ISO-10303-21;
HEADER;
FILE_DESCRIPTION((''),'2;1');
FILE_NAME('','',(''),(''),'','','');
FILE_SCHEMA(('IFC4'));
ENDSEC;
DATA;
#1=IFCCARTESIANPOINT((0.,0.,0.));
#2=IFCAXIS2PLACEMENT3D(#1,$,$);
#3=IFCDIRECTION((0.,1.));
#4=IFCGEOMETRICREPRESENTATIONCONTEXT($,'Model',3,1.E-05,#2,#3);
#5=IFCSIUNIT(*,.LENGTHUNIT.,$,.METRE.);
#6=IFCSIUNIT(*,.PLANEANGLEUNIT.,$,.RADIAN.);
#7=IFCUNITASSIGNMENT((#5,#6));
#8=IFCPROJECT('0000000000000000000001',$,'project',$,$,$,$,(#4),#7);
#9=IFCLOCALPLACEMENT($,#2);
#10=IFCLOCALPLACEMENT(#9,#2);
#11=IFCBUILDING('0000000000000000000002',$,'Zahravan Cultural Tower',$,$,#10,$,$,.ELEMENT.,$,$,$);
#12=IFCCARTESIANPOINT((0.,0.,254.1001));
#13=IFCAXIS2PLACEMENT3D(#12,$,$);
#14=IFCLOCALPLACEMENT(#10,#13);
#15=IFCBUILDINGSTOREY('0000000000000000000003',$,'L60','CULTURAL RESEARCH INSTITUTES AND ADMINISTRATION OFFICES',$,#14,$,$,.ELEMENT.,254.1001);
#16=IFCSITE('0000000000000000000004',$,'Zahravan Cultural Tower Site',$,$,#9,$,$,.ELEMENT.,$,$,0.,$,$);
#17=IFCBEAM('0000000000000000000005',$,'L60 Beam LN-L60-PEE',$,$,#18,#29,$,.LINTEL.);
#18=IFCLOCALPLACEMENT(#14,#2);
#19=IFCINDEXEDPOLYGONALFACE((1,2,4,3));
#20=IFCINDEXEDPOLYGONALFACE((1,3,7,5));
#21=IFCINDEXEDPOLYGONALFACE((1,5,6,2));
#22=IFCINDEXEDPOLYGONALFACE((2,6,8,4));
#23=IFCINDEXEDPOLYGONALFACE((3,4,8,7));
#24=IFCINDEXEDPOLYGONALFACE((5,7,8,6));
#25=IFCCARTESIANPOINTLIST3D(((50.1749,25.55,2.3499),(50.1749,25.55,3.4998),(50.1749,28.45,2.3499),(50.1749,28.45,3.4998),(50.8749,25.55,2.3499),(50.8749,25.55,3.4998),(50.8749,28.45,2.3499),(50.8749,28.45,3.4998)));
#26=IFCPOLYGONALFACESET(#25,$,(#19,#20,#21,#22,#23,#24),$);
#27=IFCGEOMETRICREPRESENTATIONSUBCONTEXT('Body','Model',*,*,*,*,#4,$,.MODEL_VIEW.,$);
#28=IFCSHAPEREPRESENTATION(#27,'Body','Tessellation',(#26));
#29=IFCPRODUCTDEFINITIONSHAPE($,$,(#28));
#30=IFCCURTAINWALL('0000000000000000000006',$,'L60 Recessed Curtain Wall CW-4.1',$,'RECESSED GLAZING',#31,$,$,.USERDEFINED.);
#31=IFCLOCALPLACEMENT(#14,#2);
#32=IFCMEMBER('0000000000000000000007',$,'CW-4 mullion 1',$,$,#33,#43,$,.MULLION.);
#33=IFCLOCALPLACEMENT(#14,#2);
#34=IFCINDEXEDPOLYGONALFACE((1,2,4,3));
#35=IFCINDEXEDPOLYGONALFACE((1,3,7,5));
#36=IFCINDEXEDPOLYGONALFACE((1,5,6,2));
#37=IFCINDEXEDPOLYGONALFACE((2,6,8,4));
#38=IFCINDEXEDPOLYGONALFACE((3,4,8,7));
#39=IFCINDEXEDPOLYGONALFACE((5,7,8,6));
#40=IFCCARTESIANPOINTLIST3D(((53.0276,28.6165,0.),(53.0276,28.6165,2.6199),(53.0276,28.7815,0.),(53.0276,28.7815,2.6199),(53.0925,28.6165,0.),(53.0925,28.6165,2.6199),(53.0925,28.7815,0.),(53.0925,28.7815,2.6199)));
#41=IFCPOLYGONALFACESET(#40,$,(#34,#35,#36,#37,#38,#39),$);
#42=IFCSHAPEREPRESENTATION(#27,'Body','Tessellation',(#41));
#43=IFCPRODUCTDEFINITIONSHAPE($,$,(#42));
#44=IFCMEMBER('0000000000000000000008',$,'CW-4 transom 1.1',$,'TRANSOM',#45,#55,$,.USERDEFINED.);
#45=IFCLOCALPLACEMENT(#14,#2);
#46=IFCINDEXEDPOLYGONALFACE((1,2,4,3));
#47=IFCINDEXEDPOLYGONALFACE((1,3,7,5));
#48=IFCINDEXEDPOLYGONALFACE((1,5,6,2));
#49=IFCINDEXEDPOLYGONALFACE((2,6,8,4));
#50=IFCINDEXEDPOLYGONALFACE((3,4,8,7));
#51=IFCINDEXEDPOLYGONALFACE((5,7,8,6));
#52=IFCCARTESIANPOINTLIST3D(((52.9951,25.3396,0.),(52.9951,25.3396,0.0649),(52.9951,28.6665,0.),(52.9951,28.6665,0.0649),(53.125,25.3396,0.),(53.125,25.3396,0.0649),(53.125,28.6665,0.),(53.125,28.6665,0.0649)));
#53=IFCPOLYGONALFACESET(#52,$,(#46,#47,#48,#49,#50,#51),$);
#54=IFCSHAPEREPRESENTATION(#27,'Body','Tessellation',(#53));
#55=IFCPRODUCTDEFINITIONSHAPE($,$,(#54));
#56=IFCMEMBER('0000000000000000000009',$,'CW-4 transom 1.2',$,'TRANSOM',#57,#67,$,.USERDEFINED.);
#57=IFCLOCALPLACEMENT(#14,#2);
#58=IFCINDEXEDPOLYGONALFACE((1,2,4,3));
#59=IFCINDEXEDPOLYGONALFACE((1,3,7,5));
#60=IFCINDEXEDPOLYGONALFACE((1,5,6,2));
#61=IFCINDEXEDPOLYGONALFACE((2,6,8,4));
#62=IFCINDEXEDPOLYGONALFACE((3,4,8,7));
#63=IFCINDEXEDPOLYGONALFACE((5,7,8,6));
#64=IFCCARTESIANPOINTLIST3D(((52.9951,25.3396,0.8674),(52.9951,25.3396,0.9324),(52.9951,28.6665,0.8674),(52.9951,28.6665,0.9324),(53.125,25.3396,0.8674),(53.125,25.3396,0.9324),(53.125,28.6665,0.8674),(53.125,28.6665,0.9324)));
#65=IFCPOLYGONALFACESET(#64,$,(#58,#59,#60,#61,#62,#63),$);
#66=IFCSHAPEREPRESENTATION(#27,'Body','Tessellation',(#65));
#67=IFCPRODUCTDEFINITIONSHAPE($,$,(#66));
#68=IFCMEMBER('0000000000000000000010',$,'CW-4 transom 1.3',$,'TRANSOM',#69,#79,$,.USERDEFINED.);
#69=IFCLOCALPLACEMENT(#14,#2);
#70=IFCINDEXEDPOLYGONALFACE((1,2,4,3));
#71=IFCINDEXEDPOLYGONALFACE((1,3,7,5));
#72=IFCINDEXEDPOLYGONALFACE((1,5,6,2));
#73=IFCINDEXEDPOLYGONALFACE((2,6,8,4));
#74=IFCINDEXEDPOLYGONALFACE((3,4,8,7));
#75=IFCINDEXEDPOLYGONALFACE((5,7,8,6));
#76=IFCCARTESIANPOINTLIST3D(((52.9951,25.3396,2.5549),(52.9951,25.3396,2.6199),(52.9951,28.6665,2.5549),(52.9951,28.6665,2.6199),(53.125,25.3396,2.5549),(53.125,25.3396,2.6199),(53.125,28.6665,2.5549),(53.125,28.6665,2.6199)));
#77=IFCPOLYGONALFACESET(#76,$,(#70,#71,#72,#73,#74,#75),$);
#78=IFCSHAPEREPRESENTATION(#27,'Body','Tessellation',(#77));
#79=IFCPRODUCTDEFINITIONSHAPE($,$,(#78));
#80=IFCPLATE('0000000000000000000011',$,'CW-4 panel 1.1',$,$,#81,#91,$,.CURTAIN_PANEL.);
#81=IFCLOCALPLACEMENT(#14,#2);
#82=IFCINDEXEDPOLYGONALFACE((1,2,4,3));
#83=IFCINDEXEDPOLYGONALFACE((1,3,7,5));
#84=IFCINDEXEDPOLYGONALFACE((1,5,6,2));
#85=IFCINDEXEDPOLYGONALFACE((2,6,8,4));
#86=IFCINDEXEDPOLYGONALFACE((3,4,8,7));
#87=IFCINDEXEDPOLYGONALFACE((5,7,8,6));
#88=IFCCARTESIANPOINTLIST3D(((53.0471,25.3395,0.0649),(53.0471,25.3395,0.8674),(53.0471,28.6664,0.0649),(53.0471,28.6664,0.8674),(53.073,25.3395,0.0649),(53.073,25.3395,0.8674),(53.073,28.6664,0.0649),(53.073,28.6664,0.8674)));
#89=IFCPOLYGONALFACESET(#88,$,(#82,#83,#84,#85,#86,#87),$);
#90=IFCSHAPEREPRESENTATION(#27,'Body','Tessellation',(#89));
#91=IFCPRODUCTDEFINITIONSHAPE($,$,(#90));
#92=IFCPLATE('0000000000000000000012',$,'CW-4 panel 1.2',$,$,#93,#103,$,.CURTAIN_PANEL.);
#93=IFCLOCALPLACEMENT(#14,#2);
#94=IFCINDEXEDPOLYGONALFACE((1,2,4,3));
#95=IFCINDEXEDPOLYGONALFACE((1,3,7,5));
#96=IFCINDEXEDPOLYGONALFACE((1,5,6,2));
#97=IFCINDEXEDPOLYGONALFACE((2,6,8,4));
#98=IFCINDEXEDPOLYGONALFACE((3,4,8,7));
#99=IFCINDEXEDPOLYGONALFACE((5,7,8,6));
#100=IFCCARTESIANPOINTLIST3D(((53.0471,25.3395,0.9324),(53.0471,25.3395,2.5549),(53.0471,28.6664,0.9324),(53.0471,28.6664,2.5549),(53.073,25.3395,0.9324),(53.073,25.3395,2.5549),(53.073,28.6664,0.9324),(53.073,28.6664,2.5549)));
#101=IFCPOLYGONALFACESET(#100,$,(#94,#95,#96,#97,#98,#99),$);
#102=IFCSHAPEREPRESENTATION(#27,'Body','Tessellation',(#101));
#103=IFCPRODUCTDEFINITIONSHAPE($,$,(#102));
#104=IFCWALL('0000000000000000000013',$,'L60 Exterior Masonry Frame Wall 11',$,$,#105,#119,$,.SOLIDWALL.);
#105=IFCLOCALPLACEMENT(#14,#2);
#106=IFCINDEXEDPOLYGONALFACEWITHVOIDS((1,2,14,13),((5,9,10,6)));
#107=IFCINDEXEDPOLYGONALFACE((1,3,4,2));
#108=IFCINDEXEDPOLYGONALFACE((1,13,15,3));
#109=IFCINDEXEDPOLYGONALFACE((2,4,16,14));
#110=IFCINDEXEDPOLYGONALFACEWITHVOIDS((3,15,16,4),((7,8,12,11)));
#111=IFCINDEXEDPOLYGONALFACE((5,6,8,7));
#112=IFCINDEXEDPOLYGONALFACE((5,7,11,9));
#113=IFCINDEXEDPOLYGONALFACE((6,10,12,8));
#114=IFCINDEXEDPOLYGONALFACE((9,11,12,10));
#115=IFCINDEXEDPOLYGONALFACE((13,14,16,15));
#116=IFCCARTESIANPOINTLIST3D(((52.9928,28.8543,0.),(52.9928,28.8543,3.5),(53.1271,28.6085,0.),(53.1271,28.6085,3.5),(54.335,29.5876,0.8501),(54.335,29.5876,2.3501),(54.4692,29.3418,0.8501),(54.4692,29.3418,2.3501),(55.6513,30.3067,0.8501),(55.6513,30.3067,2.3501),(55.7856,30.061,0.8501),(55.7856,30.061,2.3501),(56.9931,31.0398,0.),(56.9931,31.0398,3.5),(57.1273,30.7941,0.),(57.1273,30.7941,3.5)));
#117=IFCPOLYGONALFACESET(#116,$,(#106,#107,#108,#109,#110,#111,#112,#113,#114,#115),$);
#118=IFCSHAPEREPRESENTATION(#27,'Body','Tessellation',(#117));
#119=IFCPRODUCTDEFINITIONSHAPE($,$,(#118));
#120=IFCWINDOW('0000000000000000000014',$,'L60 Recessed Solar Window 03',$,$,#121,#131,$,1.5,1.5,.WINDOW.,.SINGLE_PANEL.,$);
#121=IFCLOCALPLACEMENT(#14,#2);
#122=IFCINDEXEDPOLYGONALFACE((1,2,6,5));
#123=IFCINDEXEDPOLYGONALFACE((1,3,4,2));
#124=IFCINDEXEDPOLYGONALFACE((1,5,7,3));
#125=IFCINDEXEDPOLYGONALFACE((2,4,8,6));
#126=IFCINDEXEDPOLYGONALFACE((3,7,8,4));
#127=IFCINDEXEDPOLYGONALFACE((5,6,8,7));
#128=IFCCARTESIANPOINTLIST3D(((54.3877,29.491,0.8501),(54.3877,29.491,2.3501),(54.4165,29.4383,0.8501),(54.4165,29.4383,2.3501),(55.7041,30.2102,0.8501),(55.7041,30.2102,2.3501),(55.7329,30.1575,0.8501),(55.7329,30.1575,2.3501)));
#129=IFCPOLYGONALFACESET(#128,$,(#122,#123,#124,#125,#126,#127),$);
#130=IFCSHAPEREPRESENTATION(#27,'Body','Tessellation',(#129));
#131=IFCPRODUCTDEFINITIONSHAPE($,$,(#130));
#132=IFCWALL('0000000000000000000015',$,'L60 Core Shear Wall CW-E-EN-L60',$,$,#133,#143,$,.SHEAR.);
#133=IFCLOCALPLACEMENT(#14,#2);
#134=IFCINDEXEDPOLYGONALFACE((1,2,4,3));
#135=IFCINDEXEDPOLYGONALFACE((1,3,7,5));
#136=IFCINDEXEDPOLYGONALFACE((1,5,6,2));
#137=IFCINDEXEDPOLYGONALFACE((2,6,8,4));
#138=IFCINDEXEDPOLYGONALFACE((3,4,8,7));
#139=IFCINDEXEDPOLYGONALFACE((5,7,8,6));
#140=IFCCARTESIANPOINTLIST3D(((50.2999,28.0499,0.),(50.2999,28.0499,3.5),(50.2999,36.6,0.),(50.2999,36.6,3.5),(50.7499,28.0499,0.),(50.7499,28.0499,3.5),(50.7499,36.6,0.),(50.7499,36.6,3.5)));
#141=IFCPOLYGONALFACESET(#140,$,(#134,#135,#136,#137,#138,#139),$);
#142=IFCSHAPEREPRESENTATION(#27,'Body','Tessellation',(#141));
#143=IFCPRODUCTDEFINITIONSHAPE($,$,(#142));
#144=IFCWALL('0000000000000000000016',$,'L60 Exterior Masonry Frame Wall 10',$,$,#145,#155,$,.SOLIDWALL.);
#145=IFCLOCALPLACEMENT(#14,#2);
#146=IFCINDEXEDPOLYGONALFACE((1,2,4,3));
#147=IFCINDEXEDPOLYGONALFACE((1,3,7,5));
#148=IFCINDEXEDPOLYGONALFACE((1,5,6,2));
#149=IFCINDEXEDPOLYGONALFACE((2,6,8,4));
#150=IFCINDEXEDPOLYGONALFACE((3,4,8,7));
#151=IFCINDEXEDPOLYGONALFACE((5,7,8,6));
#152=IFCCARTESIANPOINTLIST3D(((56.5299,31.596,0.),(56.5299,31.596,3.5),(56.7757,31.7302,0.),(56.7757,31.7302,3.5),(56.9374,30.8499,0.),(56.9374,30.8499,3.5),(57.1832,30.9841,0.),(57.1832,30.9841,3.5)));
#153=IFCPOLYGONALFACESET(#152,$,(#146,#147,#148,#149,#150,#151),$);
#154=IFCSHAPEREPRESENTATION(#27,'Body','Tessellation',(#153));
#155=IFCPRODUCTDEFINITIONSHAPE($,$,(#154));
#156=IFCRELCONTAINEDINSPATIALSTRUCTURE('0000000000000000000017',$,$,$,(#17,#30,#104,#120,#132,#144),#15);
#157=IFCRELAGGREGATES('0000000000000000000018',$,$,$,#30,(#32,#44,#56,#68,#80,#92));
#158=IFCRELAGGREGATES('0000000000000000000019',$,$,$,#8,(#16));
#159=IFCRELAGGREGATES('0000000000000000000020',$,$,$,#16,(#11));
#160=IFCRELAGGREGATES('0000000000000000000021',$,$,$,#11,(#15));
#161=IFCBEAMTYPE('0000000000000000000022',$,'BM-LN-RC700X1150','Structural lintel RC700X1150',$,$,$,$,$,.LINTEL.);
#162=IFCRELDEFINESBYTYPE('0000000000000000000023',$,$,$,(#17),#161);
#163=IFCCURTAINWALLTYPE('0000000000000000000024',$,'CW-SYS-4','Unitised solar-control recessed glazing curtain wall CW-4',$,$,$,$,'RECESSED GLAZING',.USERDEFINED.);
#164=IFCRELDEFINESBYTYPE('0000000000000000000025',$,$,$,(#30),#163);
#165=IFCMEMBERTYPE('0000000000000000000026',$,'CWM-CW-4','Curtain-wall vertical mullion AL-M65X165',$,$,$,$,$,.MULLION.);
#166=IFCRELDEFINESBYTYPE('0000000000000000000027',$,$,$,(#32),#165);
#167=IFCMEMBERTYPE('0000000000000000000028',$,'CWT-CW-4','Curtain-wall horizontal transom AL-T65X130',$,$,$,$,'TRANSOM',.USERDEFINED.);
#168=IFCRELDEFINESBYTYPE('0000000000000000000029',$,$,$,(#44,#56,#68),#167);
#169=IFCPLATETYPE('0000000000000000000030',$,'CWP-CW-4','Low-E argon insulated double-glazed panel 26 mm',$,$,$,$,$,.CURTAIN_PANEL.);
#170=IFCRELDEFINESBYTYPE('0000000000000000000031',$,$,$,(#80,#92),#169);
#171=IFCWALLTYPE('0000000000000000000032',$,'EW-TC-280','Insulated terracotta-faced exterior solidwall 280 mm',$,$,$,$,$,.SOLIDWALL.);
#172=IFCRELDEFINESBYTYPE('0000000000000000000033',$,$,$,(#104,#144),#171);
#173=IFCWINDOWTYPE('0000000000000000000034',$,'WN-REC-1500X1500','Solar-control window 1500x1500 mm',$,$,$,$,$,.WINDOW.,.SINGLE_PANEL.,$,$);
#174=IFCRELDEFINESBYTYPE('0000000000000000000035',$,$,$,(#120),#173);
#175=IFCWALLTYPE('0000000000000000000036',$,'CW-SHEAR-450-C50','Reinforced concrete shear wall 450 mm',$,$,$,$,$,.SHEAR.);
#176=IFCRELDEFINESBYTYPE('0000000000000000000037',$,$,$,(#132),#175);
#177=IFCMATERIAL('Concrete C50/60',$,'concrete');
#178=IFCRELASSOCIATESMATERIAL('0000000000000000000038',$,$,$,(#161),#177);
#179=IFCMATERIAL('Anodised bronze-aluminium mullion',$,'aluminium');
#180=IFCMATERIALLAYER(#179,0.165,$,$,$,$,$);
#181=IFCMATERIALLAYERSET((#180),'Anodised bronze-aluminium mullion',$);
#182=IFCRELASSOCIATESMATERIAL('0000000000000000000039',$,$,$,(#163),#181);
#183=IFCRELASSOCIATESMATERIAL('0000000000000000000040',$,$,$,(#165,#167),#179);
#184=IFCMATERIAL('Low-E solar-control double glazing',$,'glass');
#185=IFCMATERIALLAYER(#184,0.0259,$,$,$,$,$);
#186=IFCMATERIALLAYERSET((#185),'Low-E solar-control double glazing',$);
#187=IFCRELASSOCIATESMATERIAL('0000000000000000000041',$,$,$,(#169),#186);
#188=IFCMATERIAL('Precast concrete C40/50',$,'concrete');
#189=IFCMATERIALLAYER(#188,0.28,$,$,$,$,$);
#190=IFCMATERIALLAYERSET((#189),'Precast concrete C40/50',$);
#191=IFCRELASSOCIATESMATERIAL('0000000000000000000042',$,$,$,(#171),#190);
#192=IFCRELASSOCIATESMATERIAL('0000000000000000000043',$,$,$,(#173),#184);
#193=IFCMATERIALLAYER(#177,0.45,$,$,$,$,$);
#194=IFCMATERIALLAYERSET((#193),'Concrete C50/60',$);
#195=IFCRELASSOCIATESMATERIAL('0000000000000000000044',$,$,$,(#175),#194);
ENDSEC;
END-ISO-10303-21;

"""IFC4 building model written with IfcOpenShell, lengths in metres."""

from ifc_helpers import new_model, si_unit, direction, frame, frame_2d, origin, origin_2d, place, context, subcontext, project, spatial, rectangle, extrude, source, transform, mapped, material, layer, layer_set, material_profile, profile_set, type_object, element, fill, aggregate, save


model = new_model("IFC4")

# Units and contexts
model_context = context("Model", 3, precision=1e-05, world=origin(), true_north=direction((0.0, 1.0)))
body_context = subcontext(model_context, "Body", "Model", "MODEL_VIEW")
ifc_project = project(units=[si_unit("LENGTHUNIT", "METRE"), si_unit("PLANEANGLEUNIT", "RADIAN")], contexts=[model_context])

# Site, building, storey
site_placement = place(None, origin())
site = spatial("IfcSite", under=ifc_project, at=site_placement, Name="Zahravan Cultural Tower Site", CompositionType="ELEMENT", RefElevation=0.0)
building_placement = place(site_placement, origin())
building = spatial("IfcBuilding", under=site, at=building_placement, Name="Zahravan Cultural Tower", CompositionType="ELEMENT")
storey_placement = place(building_placement, frame((0.0, 0.0, 254.1001)))
storey = spatial("IfcBuildingStorey", under=building, at=storey_placement, Name="L60", Description="CULTURAL RESEARCH INSTITUTES AND ADMINISTRATION OFFICES", CompositionType="ELEMENT", Elevation=254.1001)

# Beam
ifc_material_1 = material(Name="Concrete C50/60", Category="concrete")
ifc_material_profile_1 = material_profile(ifc_material_1, rectangle(XDim=0.7, YDim=1.1499, at=origin_2d()), Name="RC700X1150")
ifc_profile_set_1 = profile_set([ifc_material_profile_1], Name="Concrete C50/60")
beam_type = type_object("IfcBeamType", Name="BM-LN-RC700X1150", Description="Structural lintel RC700X1150", PredefinedType="LINTEL", material=ifc_profile_set_1)
shared_shape_1 = source(origin(), body_context, "Body", "SweptSolid", [
    extrude(rectangle(XDim=0.7, YDim=1.1499, at=origin_2d()), origin(), (0.0, 0.0, 1.0), 2.8999),
])
beam_placement = place(storey_placement, frame((50.5249, 25.55, 2.9248), z_axis=(0.0, 1.0, 0.0), x_axis=(-1.0, 0.0, 0.0)))
element("IfcBeam", 1, at=beam_placement, inside=storey, type_object=beam_type, Name="L60 Beam LN-L60-PEE", PredefinedType="LINTEL", context=body_context, shape_type="MappedRepresentation", body=[
    mapped(shared_shape_1, transform((0.0, 0.0, 0.0), x_axis=(1.0, 0.0, 0.0), y_axis=(0.0, 1.0, 0.0), z_axis=(0.0, 0.0, 1.0), scale=1.0)),
])

# Curtain wall, members, plates
ifc_material_2 = material(Name="Anodised bronze-aluminium mullion", Category="aluminium")
ifc_layer_1 = layer(ifc_material_2, 0.165)
ifc_layer_set_1 = layer_set([ifc_layer_1], Name="Anodised bronze-aluminium mullion")
curtain_wall_type = type_object("IfcCurtainWallType", Name="CW-SYS-4", Description="Unitised solar-control recessed glazing curtain wall CW-4", ElementType="RECESSED GLAZING", PredefinedType="USERDEFINED", material=ifc_layer_set_1)
curtain_wall_placement = place(storey_placement, origin())
curtain_wall = element("IfcCurtainWall", 2, at=curtain_wall_placement, inside=storey, type_object=curtain_wall_type, Name="L60 Recessed Curtain Wall CW-4.1", ObjectType="RECESSED GLAZING", PredefinedType="USERDEFINED")
ifc_material_profile_2 = material_profile(ifc_material_2, rectangle(XDim=0.0649, YDim=0.165, at=origin_2d()), Name="AL-M65X165")
ifc_profile_set_2 = profile_set([ifc_material_profile_2], Name="Anodised bronze-aluminium mullion")
member_type_1 = type_object("IfcMemberType", Name="CWM-CW-4", Description="Curtain-wall vertical mullion AL-M65X165", PredefinedType="MULLION", material=ifc_profile_set_2)
shared_shape_2 = source(origin(), body_context, "Body", "SweptSolid", [
    extrude(rectangle(XDim=0.0649, YDim=0.165, at=origin_2d()), origin(), (0.0, 0.0, 1.0), 2.6199),
])
member_1_placement = place(storey_placement, frame((53.0601, 28.699, 0.0), z_axis=(0.0, 0.0, 1.0), x_axis=(1.0, 0.0, 0.0)))
member_1 = element("IfcMember", 3, at=member_1_placement, type_object=member_type_1, Name="CW-4 mullion 1", PredefinedType="MULLION", context=body_context, shape_type="MappedRepresentation", body=[
    mapped(shared_shape_2, transform((0.0, 0.0, 0.0), x_axis=(1.0, 0.0, 0.0), y_axis=(0.0, 1.0, 0.0), z_axis=(0.0, 0.0, 1.0), scale=1.0)),
])
ifc_material_profile_3 = material_profile(ifc_material_2, rectangle(XDim=0.1299, YDim=0.0649, at=origin_2d()), Name="AL-T65X130")
ifc_profile_set_3 = profile_set([ifc_material_profile_3], Name="Anodised bronze-aluminium mullion")
member_type_2 = type_object("IfcMemberType", Name="CWT-CW-4", Description="Curtain-wall horizontal transom AL-T65X130", ElementType="TRANSOM", PredefinedType="USERDEFINED", material=ifc_profile_set_3)
shared_shape_3 = source(origin(), body_context, "Body", "SweptSolid", [
    extrude(rectangle(XDim=0.1299, YDim=0.0649, at=origin_2d()), origin(), (0.0, 0.0, 1.0), 3.3269),
])
member_2_placement = place(storey_placement, frame((53.0601, 28.6665, 0.0325), z_axis=(0.0, -1.0, 0.0), x_axis=(1.0, 0.0, 0.0)))
member_2 = element("IfcMember", 4, at=member_2_placement, type_object=member_type_2, Name="CW-4 transom 1.1", ObjectType="TRANSOM", PredefinedType="USERDEFINED", context=body_context, shape_type="MappedRepresentation", body=[
    mapped(shared_shape_3, transform((0.0, 0.0, 0.0), x_axis=(1.0, 0.0, 0.0), y_axis=(0.0, 1.0, 0.0), z_axis=(0.0, 0.0, 1.0), scale=1.0)),
])
member_3_placement = place(storey_placement, frame((53.0601, 28.6665, 0.8999), z_axis=(0.0, -1.0, 0.0), x_axis=(1.0, 0.0, 0.0)))
member_3 = element("IfcMember", 5, at=member_3_placement, type_object=member_type_2, Name="CW-4 transom 1.2", ObjectType="TRANSOM", PredefinedType="USERDEFINED", context=body_context, shape_type="MappedRepresentation", body=[
    mapped(shared_shape_3, transform((0.0, 0.0, 0.0), x_axis=(1.0, 0.0, 0.0), y_axis=(0.0, 1.0, 0.0), z_axis=(0.0, 0.0, 1.0), scale=1.0)),
])
member_4_placement = place(storey_placement, frame((53.0601, 28.6665, 2.5874), z_axis=(0.0, -1.0, 0.0), x_axis=(1.0, 0.0, 0.0)))
member_4 = element("IfcMember", 6, at=member_4_placement, type_object=member_type_2, Name="CW-4 transom 1.3", ObjectType="TRANSOM", PredefinedType="USERDEFINED", context=body_context, shape_type="MappedRepresentation", body=[
    mapped(shared_shape_3, transform((0.0, 0.0, 0.0), x_axis=(1.0, 0.0, 0.0), y_axis=(0.0, 1.0, 0.0), z_axis=(0.0, 0.0, 1.0), scale=1.0)),
])
ifc_material_3 = material(Name="Low-E solar-control double glazing", Category="glass")
ifc_layer_2 = layer(ifc_material_3, 0.0259)
ifc_layer_set_2 = layer_set([ifc_layer_2], Name="Low-E solar-control double glazing")
plate_type = type_object("IfcPlateType", Name="CWP-CW-4", Description="Low-E argon insulated double-glazed panel 26 mm", PredefinedType="CURTAIN_PANEL", material=ifc_layer_set_2)
shared_shape_4 = source(origin(), body_context, "Body", "SweptSolid", [
    extrude(rectangle(XDim=3.3269, YDim=0.0259, at=origin_2d()), origin(), (0.0, 0.0, 1.0), 0.8025),
])
plate_1_placement = place(storey_placement, frame((53.0601, 27.0029, 0.0649), z_axis=(0.0, 0.0, 1.0), x_axis=(0.0, -1.0, 0.0)))
plate_1 = element("IfcPlate", 7, at=plate_1_placement, type_object=plate_type, Name="CW-4 panel 1.1", PredefinedType="CURTAIN_PANEL", context=body_context, shape_type="MappedRepresentation", body=[
    mapped(shared_shape_4, transform((0.0, 0.0, 0.0), x_axis=(1.0, 0.0, 0.0), y_axis=(0.0, 1.0, 0.0), z_axis=(0.0, 0.0, 1.0), scale=1.0)),
])
shared_shape_5 = source(origin(), body_context, "Body", "SweptSolid", [
    extrude(rectangle(XDim=3.3269, YDim=0.0259, at=origin_2d()), origin(), (0.0, 0.0, 1.0), 1.6226),
])
plate_2_placement = place(storey_placement, frame((53.0601, 27.0029, 0.9324), z_axis=(0.0, 0.0, 1.0), x_axis=(0.0, -1.0, 0.0)))
plate_2 = element("IfcPlate", 8, at=plate_2_placement, type_object=plate_type, Name="CW-4 panel 1.2", PredefinedType="CURTAIN_PANEL", context=body_context, shape_type="MappedRepresentation", body=[
    mapped(shared_shape_5, transform((0.0, 0.0, 0.0), x_axis=(1.0, 0.0, 0.0), y_axis=(0.0, 1.0, 0.0), z_axis=(0.0, 0.0, 1.0), scale=1.0)),
])
aggregate(curtain_wall, [member_1, member_2, member_3, member_4, plate_1, plate_2])

# Wall, opening, window
ifc_material_4 = material(Name="Precast concrete C40/50", Category="concrete")
ifc_layer_3 = layer(ifc_material_4, 0.28)
ifc_layer_set_3 = layer_set([ifc_layer_3], Name="Precast concrete C40/50")
wall_type_1 = type_object("IfcWallType", Name="EW-TC-280", Description="Insulated terracotta-faced exterior solidwall 280 mm", PredefinedType="SOLIDWALL", material=ifc_layer_set_3)
wall_1_placement = place(storey_placement, frame((57.0603, 30.917, 0.0), z_axis=(0.0, 0.0, 1.0), x_axis=(-0.877564, -0.47946, 0.0)))
wall_1 = element("IfcWall", 9, at=wall_1_placement, inside=storey, type_object=wall_type_1, Name="L60 Exterior Masonry Frame Wall 11", PredefinedType="SOLIDWALL", context=body_context, shape_type="SweptSolid", body=[
    extrude(rectangle(XDim=4.5583, YDim=0.28, at=frame_2d((2.2793, 0.0))), origin(), (0.0, 0.0, 1.0), 3.5),
])
opening_placement = place(wall_1_placement, frame((1.5291, 0.0, 0.8501)))
opening = element("IfcOpeningElement", 10, at=opening_placement, cuts=wall_1, PredefinedType="OPENING", context=body_context, shape_type="SweptSolid", body=[
    extrude(rectangle(XDim=1.5, YDim=1.5, at=frame_2d((0.75, 0.75))), frame((0.0, 0.1499, 0.0), z_axis=(0.0, -1.0, 0.0), x_axis=(1.0, 0.0, 0.0)), (0.0, 0.0, 1.0), 0.3),
])
window_type = type_object("IfcWindowType", Name="WN-REC-1500X1500", Description="Solar-control window 1500x1500 mm", PartitioningType="SINGLE_PANEL", PredefinedType="WINDOW", material=ifc_material_3)
shared_shape_6 = source(origin(), body_context, "Body", "SweptSolid", [
    extrude(rectangle(XDim=1.5, YDim=1.5, at=frame_2d((0.75, 0.75))), frame((0.0, 0.03, 0.0), z_axis=(0.0, -1.0, 0.0), x_axis=(1.0, 0.0, 0.0)), (0.0, 0.0, 1.0), 0.0601),
])
window_placement = place(opening_placement, origin())
window = element("IfcWindow", 11, at=window_placement, inside=storey, type_object=window_type, Name="L60 Recessed Solar Window 03", OverallHeight=1.5, OverallWidth=1.5, PartitioningType="SINGLE_PANEL", PredefinedType="WINDOW", context=body_context, shape_type="MappedRepresentation", body=[
    mapped(shared_shape_6, transform((0.0, 0.0, 0.0), x_axis=(1.0, 0.0, 0.0), y_axis=(0.0, 1.0, 0.0), z_axis=(0.0, 0.0, 1.0), scale=1.0)),
])
fill(opening, window)

# Walls
ifc_layer_4 = layer(ifc_material_1, 0.45)
ifc_layer_set_4 = layer_set([ifc_layer_4], Name="Concrete C50/60")
wall_type_2 = type_object("IfcWallType", Name="CW-SHEAR-450-C50", Description="Reinforced concrete shear wall 450 mm", PredefinedType="SHEAR", material=ifc_layer_set_4)
shared_shape_7 = source(origin(), body_context, "Body", "SweptSolid", [
    extrude(rectangle(XDim=8.55, YDim=0.45, at=frame_2d((4.2749, 0.0))), origin(), (0.0, 0.0, 1.0), 3.5),
])
wall_2_placement = place(storey_placement, frame((50.5249, 28.05, 0.0), z_axis=(0.0, 0.0, 1.0), x_axis=(0.0, 1.0, 0.0)))
element("IfcWall", 12, at=wall_2_placement, inside=storey, type_object=wall_type_2, Name="L60 Core Shear Wall CW-E-EN-L60", PredefinedType="SHEAR", context=body_context, shape_type="MappedRepresentation", body=[
    mapped(shared_shape_7, transform((0.0, 0.0, 0.0), x_axis=(1.0, 0.0, 0.0), y_axis=(0.0, 1.0, 0.0), z_axis=(0.0, 0.0, 1.0), scale=1.0)),
])
shared_shape_8 = source(origin(), body_context, "Body", "SweptSolid", [
    extrude(rectangle(XDim=0.8501, YDim=0.28, at=frame_2d((0.425, 0.0))), origin(), (0.0, 0.0, 1.0), 3.5),
])
wall_3_placement = place(storey_placement, frame((56.6528, 31.6631, 0.0), z_axis=(0.0, 0.0, 1.0), x_axis=(0.479315, -0.877643, 0.0)))
element("IfcWall", 13, at=wall_3_placement, inside=storey, type_object=wall_type_1, Name="L60 Exterior Masonry Frame Wall 10", PredefinedType="SOLIDWALL", context=body_context, shape_type="MappedRepresentation", body=[
    mapped(shared_shape_8, transform((0.0, 0.0, 0.0), x_axis=(1.0, 0.0, 0.0), y_axis=(0.0, 1.0, 0.0), z_axis=(0.0, 0.0, 1.0), scale=1.0)),
])

save(model, "model.ifc")
